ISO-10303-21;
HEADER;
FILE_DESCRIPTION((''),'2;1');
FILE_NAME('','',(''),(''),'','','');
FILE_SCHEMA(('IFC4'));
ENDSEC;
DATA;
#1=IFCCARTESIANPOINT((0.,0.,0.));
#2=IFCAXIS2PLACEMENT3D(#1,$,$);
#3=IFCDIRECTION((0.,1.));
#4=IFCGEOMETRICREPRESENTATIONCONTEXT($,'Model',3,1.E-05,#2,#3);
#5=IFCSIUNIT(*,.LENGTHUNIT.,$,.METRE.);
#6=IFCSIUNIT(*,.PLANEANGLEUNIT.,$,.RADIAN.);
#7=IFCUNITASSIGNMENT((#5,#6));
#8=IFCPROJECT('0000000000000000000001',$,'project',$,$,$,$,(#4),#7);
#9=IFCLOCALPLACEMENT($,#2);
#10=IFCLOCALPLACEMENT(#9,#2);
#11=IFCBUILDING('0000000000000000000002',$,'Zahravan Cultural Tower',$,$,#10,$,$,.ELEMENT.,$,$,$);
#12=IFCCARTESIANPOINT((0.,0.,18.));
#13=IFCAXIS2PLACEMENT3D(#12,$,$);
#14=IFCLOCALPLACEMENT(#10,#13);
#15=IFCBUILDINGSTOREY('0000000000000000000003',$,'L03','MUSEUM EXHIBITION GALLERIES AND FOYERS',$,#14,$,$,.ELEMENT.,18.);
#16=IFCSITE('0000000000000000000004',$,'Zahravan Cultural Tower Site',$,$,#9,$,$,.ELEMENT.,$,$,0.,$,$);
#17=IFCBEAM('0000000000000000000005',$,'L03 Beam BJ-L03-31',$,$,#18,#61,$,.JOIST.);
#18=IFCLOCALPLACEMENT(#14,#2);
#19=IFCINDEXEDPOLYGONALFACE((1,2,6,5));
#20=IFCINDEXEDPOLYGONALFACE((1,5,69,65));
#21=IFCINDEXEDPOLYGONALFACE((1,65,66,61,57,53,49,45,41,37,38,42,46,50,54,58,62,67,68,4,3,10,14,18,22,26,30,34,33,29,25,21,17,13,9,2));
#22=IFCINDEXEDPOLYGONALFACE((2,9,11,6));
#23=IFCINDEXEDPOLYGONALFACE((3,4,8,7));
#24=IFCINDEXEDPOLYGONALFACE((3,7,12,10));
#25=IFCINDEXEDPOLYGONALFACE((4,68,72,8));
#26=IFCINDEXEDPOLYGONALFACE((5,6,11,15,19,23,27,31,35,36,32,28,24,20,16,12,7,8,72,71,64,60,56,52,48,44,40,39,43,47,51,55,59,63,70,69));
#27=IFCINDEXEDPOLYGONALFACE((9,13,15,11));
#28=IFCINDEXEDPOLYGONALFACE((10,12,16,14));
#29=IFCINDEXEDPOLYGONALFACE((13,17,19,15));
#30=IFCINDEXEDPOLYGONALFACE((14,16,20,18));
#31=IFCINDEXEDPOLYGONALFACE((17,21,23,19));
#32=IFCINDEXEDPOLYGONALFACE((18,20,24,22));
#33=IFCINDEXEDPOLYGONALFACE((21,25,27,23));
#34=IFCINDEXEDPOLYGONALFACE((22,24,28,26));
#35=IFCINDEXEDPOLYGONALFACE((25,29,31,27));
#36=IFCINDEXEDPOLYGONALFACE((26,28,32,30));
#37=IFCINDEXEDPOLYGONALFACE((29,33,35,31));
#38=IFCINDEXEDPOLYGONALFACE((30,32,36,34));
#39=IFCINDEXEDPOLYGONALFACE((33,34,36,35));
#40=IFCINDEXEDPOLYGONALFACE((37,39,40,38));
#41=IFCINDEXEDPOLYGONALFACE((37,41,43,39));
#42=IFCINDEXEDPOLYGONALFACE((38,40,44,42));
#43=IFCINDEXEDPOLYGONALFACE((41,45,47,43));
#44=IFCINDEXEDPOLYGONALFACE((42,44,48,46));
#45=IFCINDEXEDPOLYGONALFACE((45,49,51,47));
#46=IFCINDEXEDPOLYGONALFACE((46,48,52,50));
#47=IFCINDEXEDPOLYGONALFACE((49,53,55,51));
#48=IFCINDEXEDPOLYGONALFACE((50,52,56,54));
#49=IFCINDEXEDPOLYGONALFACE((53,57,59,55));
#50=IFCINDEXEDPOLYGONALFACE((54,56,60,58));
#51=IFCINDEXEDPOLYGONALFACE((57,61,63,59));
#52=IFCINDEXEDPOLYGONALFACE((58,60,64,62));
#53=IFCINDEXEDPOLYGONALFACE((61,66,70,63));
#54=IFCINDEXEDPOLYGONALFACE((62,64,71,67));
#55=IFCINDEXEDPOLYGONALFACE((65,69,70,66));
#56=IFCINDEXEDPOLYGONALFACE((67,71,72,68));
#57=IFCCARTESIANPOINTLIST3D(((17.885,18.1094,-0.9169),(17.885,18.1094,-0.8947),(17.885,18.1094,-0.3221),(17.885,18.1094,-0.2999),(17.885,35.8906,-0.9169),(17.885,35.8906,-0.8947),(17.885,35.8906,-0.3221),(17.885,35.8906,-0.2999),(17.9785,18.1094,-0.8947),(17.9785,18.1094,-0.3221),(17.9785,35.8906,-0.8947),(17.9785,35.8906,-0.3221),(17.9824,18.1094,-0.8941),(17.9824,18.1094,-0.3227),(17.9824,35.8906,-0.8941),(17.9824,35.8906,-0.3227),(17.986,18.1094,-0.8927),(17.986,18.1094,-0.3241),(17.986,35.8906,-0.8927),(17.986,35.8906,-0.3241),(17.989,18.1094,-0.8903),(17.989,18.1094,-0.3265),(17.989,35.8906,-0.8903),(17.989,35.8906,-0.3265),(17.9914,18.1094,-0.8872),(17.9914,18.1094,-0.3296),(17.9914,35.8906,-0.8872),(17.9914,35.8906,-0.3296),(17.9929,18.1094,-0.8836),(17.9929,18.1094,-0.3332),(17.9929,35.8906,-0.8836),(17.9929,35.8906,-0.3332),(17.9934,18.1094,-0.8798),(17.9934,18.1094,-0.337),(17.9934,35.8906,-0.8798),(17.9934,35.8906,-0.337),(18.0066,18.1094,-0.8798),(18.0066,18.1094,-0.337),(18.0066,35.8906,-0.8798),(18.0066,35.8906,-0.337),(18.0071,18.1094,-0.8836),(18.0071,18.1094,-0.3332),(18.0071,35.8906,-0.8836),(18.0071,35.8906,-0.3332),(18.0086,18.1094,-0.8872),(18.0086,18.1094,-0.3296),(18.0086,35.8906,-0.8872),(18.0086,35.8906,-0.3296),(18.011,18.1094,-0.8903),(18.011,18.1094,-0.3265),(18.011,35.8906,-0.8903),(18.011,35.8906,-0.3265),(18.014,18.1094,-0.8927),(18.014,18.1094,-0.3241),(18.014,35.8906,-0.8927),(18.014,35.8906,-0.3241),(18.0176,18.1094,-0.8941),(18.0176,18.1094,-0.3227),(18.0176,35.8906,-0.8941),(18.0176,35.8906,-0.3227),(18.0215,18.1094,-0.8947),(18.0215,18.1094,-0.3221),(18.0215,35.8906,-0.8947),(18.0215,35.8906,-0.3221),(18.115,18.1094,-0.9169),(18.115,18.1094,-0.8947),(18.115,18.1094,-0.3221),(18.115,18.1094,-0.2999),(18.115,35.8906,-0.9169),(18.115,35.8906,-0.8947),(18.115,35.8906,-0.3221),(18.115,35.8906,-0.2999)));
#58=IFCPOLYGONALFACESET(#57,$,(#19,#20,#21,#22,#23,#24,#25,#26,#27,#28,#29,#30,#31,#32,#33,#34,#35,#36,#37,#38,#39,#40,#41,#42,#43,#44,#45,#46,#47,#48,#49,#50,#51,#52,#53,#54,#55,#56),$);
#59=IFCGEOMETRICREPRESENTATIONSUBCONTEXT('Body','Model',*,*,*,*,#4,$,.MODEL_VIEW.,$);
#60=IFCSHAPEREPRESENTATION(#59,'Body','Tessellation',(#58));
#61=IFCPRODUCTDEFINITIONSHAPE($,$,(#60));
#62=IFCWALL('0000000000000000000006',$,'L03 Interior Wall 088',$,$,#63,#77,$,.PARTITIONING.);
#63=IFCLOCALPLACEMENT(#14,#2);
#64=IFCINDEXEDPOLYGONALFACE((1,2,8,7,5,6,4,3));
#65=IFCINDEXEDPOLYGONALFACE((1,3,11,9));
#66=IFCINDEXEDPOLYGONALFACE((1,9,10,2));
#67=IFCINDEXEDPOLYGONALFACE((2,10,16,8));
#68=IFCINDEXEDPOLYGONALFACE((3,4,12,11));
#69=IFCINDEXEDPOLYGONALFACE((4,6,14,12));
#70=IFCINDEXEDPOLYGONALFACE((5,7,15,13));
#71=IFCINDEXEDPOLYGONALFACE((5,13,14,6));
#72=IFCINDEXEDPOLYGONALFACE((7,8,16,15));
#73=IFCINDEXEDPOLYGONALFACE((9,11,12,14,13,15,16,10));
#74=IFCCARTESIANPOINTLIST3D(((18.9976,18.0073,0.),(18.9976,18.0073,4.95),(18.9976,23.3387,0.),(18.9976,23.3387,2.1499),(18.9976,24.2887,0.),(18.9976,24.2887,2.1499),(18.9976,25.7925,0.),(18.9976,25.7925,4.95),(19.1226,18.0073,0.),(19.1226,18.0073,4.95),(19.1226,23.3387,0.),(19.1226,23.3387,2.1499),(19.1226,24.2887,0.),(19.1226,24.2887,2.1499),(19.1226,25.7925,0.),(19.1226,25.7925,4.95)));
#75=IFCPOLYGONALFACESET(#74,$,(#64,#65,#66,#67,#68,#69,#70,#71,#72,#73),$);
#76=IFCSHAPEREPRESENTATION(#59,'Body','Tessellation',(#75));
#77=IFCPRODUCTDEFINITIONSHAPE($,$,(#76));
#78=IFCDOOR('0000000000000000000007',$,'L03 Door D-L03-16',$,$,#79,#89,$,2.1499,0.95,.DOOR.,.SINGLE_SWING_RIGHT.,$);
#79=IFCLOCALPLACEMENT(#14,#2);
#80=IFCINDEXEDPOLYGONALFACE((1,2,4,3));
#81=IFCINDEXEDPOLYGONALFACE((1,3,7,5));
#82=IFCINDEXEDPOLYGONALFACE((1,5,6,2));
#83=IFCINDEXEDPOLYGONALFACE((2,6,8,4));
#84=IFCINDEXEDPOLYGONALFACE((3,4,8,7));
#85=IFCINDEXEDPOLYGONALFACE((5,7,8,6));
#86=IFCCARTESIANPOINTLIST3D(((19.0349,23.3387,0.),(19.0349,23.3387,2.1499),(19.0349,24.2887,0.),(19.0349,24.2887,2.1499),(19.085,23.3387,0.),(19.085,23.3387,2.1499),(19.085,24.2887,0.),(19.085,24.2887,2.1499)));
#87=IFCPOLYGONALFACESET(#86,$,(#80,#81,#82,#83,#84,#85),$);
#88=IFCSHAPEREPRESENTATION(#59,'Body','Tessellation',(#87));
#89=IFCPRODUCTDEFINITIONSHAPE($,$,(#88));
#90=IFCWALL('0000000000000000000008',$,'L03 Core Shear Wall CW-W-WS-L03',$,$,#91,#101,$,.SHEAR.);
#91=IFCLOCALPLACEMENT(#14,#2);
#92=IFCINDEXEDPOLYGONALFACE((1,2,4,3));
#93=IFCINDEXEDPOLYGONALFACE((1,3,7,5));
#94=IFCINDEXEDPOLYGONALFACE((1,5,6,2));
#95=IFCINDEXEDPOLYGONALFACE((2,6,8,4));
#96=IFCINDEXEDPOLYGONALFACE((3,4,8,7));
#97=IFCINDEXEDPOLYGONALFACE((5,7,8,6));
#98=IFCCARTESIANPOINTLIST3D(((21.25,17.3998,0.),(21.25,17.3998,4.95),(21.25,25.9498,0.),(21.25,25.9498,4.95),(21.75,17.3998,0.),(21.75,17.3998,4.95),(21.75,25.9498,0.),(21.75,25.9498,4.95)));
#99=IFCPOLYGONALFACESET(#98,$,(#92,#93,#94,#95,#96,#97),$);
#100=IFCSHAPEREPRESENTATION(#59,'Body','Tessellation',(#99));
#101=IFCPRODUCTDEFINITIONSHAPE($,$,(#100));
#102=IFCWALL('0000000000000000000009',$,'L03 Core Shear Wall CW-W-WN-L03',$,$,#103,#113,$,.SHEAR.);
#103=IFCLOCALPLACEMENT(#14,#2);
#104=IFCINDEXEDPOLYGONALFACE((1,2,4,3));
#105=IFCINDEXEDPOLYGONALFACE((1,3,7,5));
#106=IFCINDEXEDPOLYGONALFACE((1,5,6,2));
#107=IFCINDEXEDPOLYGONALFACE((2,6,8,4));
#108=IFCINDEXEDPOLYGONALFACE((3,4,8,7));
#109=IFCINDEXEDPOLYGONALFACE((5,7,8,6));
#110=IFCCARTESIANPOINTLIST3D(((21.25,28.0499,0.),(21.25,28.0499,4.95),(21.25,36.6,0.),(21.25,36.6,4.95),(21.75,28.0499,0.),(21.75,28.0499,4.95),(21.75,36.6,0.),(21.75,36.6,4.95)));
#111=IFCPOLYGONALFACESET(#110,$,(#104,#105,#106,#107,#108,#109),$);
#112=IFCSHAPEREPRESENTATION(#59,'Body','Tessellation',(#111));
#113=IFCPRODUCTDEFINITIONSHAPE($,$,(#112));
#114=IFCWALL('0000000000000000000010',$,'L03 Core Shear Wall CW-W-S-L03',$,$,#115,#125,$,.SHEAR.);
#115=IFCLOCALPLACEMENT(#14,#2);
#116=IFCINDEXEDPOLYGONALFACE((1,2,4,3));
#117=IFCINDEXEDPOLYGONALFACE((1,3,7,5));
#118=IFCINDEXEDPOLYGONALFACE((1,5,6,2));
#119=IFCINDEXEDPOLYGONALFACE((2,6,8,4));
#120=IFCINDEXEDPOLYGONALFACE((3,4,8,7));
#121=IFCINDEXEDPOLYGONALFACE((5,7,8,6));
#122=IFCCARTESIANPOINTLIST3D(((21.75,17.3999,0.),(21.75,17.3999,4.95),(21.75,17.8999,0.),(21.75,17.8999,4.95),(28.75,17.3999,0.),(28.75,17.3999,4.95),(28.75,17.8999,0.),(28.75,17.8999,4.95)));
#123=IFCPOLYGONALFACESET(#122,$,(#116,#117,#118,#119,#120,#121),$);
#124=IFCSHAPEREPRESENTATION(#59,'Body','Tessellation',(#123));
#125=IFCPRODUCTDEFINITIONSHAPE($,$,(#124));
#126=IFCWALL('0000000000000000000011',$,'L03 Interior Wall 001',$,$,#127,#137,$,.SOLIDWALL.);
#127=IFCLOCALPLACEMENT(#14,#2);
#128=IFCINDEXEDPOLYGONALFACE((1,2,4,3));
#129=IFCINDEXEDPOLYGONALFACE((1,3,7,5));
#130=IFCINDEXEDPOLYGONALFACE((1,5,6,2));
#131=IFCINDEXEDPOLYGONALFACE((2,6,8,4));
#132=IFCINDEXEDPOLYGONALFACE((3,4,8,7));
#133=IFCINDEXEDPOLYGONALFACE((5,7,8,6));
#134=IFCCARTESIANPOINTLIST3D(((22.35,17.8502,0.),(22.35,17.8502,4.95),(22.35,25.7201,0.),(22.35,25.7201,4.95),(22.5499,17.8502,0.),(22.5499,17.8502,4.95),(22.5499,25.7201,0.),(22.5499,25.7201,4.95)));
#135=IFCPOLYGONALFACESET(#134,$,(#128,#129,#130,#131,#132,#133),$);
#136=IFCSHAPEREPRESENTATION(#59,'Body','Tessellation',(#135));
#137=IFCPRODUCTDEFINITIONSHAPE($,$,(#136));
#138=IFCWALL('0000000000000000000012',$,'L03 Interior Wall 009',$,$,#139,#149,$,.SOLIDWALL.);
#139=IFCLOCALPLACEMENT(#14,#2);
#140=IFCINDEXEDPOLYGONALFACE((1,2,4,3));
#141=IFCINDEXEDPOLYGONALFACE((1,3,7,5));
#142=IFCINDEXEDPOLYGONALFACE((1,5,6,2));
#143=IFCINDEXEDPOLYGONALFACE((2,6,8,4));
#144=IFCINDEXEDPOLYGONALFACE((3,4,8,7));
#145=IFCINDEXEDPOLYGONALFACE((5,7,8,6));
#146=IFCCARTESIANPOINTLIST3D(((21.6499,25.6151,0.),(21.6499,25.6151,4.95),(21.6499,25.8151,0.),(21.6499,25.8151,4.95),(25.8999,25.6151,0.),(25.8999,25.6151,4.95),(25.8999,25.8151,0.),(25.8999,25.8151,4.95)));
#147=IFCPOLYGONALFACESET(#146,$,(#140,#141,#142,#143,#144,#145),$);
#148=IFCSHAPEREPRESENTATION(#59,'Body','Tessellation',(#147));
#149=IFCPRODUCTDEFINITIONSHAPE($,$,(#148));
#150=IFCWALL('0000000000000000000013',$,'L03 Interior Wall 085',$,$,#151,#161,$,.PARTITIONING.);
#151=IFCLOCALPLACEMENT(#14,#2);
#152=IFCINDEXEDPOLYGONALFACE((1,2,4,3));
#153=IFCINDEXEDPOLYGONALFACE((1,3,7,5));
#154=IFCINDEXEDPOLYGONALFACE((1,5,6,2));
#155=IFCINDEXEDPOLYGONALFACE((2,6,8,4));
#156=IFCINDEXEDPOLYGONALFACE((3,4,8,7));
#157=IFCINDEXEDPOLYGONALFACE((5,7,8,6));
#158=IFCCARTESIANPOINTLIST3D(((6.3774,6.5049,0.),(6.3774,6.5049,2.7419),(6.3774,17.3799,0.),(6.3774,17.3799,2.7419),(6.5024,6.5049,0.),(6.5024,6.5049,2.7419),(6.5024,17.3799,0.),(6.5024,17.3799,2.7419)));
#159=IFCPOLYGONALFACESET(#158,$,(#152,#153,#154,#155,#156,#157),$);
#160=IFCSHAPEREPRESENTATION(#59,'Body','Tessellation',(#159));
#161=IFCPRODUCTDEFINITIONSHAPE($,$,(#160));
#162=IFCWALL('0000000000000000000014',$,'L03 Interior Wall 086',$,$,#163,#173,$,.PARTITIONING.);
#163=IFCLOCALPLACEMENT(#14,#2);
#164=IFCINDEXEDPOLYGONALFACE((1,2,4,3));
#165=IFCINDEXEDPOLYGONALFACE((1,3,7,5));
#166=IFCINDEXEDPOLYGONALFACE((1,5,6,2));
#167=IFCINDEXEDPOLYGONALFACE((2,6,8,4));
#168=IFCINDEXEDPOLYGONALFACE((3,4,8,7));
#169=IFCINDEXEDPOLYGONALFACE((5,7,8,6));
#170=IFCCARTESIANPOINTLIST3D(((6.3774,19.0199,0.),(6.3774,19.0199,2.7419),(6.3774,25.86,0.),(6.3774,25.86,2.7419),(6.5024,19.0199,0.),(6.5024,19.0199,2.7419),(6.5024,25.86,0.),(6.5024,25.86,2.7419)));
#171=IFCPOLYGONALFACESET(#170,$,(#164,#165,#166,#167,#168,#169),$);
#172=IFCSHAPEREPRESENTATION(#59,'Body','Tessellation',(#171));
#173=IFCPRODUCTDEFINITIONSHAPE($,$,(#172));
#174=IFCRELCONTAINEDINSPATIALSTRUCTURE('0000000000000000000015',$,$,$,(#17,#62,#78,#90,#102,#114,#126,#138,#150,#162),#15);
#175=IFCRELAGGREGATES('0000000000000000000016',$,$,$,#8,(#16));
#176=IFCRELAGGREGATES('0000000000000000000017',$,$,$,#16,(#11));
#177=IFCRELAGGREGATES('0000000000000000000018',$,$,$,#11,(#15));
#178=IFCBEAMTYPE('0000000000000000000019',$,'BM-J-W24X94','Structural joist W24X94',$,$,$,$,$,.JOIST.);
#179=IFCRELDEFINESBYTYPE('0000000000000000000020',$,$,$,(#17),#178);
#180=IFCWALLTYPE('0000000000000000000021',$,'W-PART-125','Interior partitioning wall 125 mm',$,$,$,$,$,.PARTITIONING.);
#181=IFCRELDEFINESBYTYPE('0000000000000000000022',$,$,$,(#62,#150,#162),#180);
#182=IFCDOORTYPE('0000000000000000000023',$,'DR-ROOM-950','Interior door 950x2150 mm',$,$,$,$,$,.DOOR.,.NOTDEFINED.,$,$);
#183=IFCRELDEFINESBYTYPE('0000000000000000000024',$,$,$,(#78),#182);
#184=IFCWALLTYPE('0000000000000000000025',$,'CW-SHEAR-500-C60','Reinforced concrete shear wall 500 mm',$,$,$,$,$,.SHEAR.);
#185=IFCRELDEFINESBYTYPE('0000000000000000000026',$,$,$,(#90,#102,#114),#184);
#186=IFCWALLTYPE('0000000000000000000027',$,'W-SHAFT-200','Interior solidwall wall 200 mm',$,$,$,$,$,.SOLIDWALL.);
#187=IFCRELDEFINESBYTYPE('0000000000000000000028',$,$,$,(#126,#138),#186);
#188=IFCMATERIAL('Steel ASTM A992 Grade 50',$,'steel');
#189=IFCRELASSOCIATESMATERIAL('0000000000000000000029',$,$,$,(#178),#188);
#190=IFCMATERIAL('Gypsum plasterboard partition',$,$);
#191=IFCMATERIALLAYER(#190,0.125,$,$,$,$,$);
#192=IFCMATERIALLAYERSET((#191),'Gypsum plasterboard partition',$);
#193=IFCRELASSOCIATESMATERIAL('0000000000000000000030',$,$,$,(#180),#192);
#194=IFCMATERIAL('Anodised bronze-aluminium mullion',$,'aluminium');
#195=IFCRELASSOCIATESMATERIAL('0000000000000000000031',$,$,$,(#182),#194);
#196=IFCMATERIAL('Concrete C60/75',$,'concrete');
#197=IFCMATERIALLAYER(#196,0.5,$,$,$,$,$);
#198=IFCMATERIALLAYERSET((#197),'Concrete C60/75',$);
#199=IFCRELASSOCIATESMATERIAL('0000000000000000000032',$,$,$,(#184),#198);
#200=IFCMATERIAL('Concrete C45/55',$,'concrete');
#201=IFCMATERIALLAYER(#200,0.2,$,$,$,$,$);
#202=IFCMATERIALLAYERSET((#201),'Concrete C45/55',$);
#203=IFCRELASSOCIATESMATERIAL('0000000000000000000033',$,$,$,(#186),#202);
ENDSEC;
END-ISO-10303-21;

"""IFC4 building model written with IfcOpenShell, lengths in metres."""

from ifc_helpers import new_model, si_unit, direction, frame, frame_2d, origin, origin_2d, place, context, subcontext, project, spatial, rectangle, i_section, extrude, source, transform, mapped, material, layer, layer_set, material_profile, profile_set, type_object, element, fill, save


model = new_model("IFC4")

# Units and contexts
model_context = context("Model", 3, precision=1e-05, world=origin(), true_north=direction((0.0, 1.0)))
body_context = subcontext(model_context, "Body", "Model", "MODEL_VIEW")
ifc_project = project(units=[si_unit("LENGTHUNIT", "METRE"), si_unit("PLANEANGLEUNIT", "RADIAN")], contexts=[model_context])

# Site, building, storey
site_placement = place(None, origin())
site = spatial("IfcSite", under=ifc_project, at=site_placement, Name="Zahravan Cultural Tower Site", CompositionType="ELEMENT", RefElevation=0.0)
building_placement = place(site_placement, origin())
building = spatial("IfcBuilding", under=site, at=building_placement, Name="Zahravan Cultural Tower", CompositionType="ELEMENT")
storey_placement = place(building_placement, frame((0.0, 0.0, 18.0)))
storey = spatial("IfcBuildingStorey", under=building, at=storey_placement, Name="L03", Description="MUSEUM EXHIBITION GALLERIES AND FOYERS", CompositionType="ELEMENT", Elevation=18.0)

# Shared definitions
ifc_material_1 = material(Name="Concrete C60/75", Category="concrete")

# Beam
ifc_material_2 = material(Name="Steel ASTM A992 Grade 50", Category="steel")
ifc_material_profile_1 = material_profile(ifc_material_2, i_section(OverallWidth=0.23, OverallDepth=0.6169, WebThickness=0.0132, FlangeThickness=0.0222, FilletRadius=0.0149, at=origin_2d()), Name="W24X94")
ifc_profile_set_1 = profile_set([ifc_material_profile_1], Name="Steel ASTM A992 Grade 50")
beam_type_1 = type_object("IfcBeamType", Name="BM-J-W24X94", Description="Structural joist W24X94", PredefinedType="JOIST", material=ifc_profile_set_1)
shared_shape_1 = source(origin(), body_context, "Body", "SweptSolid", [
    extrude(i_section(OverallWidth=0.23, OverallDepth=0.6169, WebThickness=0.0132, FlangeThickness=0.0222, FilletRadius=0.0149, at=origin_2d()), origin(), (0.0, 0.0, 1.0), 17.7812),
])
beam_1_placement = place(storey_placement, frame((18.0, 18.1094, -0.6084), z_axis=(0.0, 1.0, 0.0), x_axis=(-1.0, 0.0, 0.0)))
element("IfcBeam", 1, at=beam_1_placement, inside=storey, type_object=beam_type_1, Name="L03 Beam BJ-L03-31", PredefinedType="JOIST", context=body_context, shape_type="MappedRepresentation", body=[
    mapped(shared_shape_1, transform((0.0, 0.0, 0.0), x_axis=(1.0, 0.0, 0.0), y_axis=(0.0, 1.0, 0.0), z_axis=(0.0, 0.0, 1.0), scale=1.0)),
])

# Wall, opening, door
ifc_material_3 = material(Name="Gypsum plasterboard partition")
ifc_layer_1 = layer(ifc_material_3, 0.125)
ifc_layer_set_1 = layer_set([ifc_layer_1], Name="Gypsum plasterboard partition")
wall_type_1 = type_object("IfcWallType", Name="W-PART-125", Description="Interior partitioning wall 125 mm", PredefinedType="PARTITIONING", material=ifc_layer_set_1)
wall_1_placement = place(storey_placement, frame((19.0601, 25.7925, 0.0), z_axis=(0.0, 0.0, 1.0), x_axis=(0.0, -1.0, 0.0)))
wall_1 = element("IfcWall", 2, at=wall_1_placement, inside=storey, type_object=wall_type_1, Name="L03 Interior Wall 088", PredefinedType="PARTITIONING", context=body_context, shape_type="SweptSolid", body=[
    extrude(rectangle(XDim=7.7852, YDim=0.125, at=frame_2d((3.8926, 0.0))), origin(), (0.0, 0.0, 1.0), 4.95),
])
opening_placement = place(wall_1_placement, frame((1.5037, 0.0, 0.0)))
opening = element("IfcOpeningElement", 3, at=opening_placement, cuts=wall_1, PredefinedType="OPENING", context=body_context, shape_type="SweptSolid", body=[
    extrude(rectangle(XDim=0.95, YDim=2.1499, at=frame_2d((0.4751, 1.075))), frame((0.0, 0.0725, 0.0), z_axis=(0.0, -1.0, 0.0), x_axis=(1.0, 0.0, 0.0)), (0.0, 0.0, 1.0), 0.145),
])
ifc_material_4 = material(Name="Anodised bronze-aluminium mullion", Category="aluminium")
door_type = type_object("IfcDoorType", Name="DR-ROOM-950", Description="Interior door 950x2150 mm", OperationType="NOTDEFINED", PredefinedType="DOOR", material=ifc_material_4)
shared_shape_2 = source(origin(), body_context, "Body", "SweptSolid", [
    extrude(rectangle(XDim=0.95, YDim=2.1499, at=frame_2d((0.4751, 1.075))), frame((0.0, 0.0249, 0.0), z_axis=(0.0, -1.0, 0.0), x_axis=(1.0, 0.0, 0.0)), (0.0, 0.0, 1.0), 0.05),
])
door_placement = place(opening_placement, origin())
door = element("IfcDoor", 4, at=door_placement, inside=storey, type_object=door_type, Name="L03 Door D-L03-16", OperationType="SINGLE_SWING_RIGHT", OverallHeight=2.1499, OverallWidth=0.95, PredefinedType="DOOR", context=body_context, shape_type="MappedRepresentation", body=[
    mapped(shared_shape_2, transform((0.0, 0.0, 0.0), x_axis=(1.0, 0.0, 0.0), y_axis=(0.0, 1.0, 0.0), z_axis=(0.0, 0.0, 1.0), scale=1.0)),
])
fill(opening, door)

# Walls
ifc_layer_2 = layer(ifc_material_1, 0.5)
ifc_layer_set_2 = layer_set([ifc_layer_2], Name="Concrete C60/75")
wall_type_2 = type_object("IfcWallType", Name="CW-SHEAR-500-C60", Description="Reinforced concrete shear wall 500 mm", PredefinedType="SHEAR", material=ifc_layer_set_2)
shared_shape_3 = source(origin(), body_context, "Body", "SweptSolid", [
    extrude(rectangle(XDim=8.55, YDim=0.5, at=frame_2d((4.2749, 0.0))), origin(), (0.0, 0.0, 1.0), 4.95),
])
for number, where, z_axis, x_axis, name in (
    (5, (21.5, 17.3999, 0.0), (0.0, 0.0, 1.0), (0.0, 1.0, 0.0), "L03 Core Shear Wall CW-W-WS-L03"),
    (6, (21.5, 28.05, 0.0), (0.0, 0.0, 1.0), (0.0, 1.0, 0.0), "L03 Core Shear Wall CW-W-WN-L03"),
):
    element("IfcWall", number, at=place(storey_placement, frame(where, z_axis=z_axis, x_axis=x_axis)), inside=storey, type_object=wall_type_2, Name=name, PredefinedType="SHEAR", context=body_context, shape_type="MappedRepresentation", body=[
        mapped(shared_shape_3, transform((0.0, 0.0, 0.0), x_axis=(1.0, 0.0, 0.0), y_axis=(0.0, 1.0, 0.0), z_axis=(0.0, 0.0, 1.0), scale=1.0)),
    ])
shared_shape_4 = source(origin(), body_context, "Body", "SweptSolid", [
    extrude(rectangle(XDim=7.0, YDim=0.5, at=frame_2d((3.5, 0.0))), origin(), (0.0, 0.0, 1.0), 4.95),
])
wall_2_placement = place(storey_placement, frame((21.75, 17.6499, 0.0), z_axis=(0.0, 0.0, 1.0), x_axis=(1.0, 0.0, 0.0)))
element("IfcWall", 7, at=wall_2_placement, inside=storey, type_object=wall_type_2, Name="L03 Core Shear Wall CW-W-S-L03", PredefinedType="SHEAR", context=body_context, shape_type="MappedRepresentation", body=[
    mapped(shared_shape_4, transform((0.0, 0.0, 0.0), x_axis=(1.0, 0.0, 0.0), y_axis=(0.0, 1.0, 0.0), z_axis=(0.0, 0.0, 1.0), scale=1.0)),
])
ifc_material_5 = material(Name="Concrete C45/55", Category="concrete")
ifc_layer_3 = layer(ifc_material_5, 0.2)
ifc_layer_set_3 = layer_set([ifc_layer_3], Name="Concrete C45/55")
wall_type_3 = type_object("IfcWallType", Name="W-SHAFT-200", Description="Interior solidwall wall 200 mm", PredefinedType="SOLIDWALL", material=ifc_layer_set_3)
shared_shape_5 = source(origin(), body_context, "Body", "SweptSolid", [
    extrude(rectangle(XDim=7.8699, YDim=0.2, at=frame_2d((3.9351, 0.0))), origin(), (0.0, 0.0, 1.0), 4.95),
])
wall_3_placement = place(storey_placement, frame((22.45, 17.8501, 0.0), z_axis=(0.0, 0.0, 1.0), x_axis=(0.0, 1.0, 0.0)))
element("IfcWall", 8, at=wall_3_placement, inside=storey, type_object=wall_type_3, Name="L03 Interior Wall 001", PredefinedType="SOLIDWALL", context=body_context, shape_type="MappedRepresentation", body=[
    mapped(shared_shape_5, transform((0.0, 0.0, 0.0), x_axis=(1.0, 0.0, 0.0), y_axis=(0.0, 1.0, 0.0), z_axis=(0.0, 0.0, 1.0), scale=1.0)),
])
shared_shape_6 = source(origin(), body_context, "Body", "SweptSolid", [
    extrude(rectangle(XDim=4.25, YDim=0.2, at=frame_2d((2.125, 0.0))), origin(), (0.0, 0.0, 1.0), 4.95),
])
wall_4_placement = place(storey_placement, frame((21.6499, 25.7151, 0.0), z_axis=(0.0, 0.0, 1.0), x_axis=(1.0, 0.0, 0.0)))
element("IfcWall", 9, at=wall_4_placement, inside=storey, type_object=wall_type_3, Name="L03 Interior Wall 009", PredefinedType="SOLIDWALL", context=body_context, shape_type="MappedRepresentation", body=[
    mapped(shared_shape_6, transform((0.0, 0.0, 0.0), x_axis=(1.0, 0.0, 0.0), y_axis=(0.0, 1.0, 0.0), z_axis=(0.0, 0.0, 1.0), scale=1.0)),
])
shared_shape_7 = source(origin(), body_context, "Body", "SweptSolid", [
    extrude(rectangle(XDim=10.875, YDim=0.125, at=frame_2d((5.4375, 0.0))), origin(), (0.0, 0.0, 1.0), 2.7419),
])
wall_5_placement = place(storey_placement, frame((6.4399, 6.5049, 0.0), z_axis=(0.0, 0.0, 1.0), x_axis=(0.0, 1.0, 0.0)))
element("IfcWall", 10, at=wall_5_placement, inside=storey, type_object=wall_type_1, Name="L03 Interior Wall 085", PredefinedType="PARTITIONING", context=body_context, shape_type="MappedRepresentation", body=[
    mapped(shared_shape_7, transform((0.0, 0.0, 0.0), x_axis=(1.0, 0.0, 0.0), y_axis=(0.0, 1.0, 0.0), z_axis=(0.0, 0.0, 1.0), scale=1.0)),
])
shared_shape_8 = source(origin(), body_context, "Body", "SweptSolid", [
    extrude(rectangle(XDim=6.8401, YDim=0.125, at=frame_2d((3.4199, 0.0))), origin(), (0.0, 0.0, 1.0), 2.7419),
])
wall_6_placement = place(storey_placement, frame((6.4399, 19.02, 0.0), z_axis=(0.0, 0.0, 1.0), x_axis=(0.0, 1.0, 0.0)))
element("IfcWall", 11, at=wall_6_placement, inside=storey, type_object=wall_type_1, Name="L03 Interior Wall 086", PredefinedType="PARTITIONING", context=body_context, shape_type="MappedRepresentation", body=[
    mapped(shared_shape_8, transform((0.0, 0.0, 0.0), x_axis=(1.0, 0.0, 0.0), y_axis=(0.0, 1.0, 0.0), z_axis=(0.0, 0.0, 1.0), scale=1.0)),
])

save(model, "model.ifc")
